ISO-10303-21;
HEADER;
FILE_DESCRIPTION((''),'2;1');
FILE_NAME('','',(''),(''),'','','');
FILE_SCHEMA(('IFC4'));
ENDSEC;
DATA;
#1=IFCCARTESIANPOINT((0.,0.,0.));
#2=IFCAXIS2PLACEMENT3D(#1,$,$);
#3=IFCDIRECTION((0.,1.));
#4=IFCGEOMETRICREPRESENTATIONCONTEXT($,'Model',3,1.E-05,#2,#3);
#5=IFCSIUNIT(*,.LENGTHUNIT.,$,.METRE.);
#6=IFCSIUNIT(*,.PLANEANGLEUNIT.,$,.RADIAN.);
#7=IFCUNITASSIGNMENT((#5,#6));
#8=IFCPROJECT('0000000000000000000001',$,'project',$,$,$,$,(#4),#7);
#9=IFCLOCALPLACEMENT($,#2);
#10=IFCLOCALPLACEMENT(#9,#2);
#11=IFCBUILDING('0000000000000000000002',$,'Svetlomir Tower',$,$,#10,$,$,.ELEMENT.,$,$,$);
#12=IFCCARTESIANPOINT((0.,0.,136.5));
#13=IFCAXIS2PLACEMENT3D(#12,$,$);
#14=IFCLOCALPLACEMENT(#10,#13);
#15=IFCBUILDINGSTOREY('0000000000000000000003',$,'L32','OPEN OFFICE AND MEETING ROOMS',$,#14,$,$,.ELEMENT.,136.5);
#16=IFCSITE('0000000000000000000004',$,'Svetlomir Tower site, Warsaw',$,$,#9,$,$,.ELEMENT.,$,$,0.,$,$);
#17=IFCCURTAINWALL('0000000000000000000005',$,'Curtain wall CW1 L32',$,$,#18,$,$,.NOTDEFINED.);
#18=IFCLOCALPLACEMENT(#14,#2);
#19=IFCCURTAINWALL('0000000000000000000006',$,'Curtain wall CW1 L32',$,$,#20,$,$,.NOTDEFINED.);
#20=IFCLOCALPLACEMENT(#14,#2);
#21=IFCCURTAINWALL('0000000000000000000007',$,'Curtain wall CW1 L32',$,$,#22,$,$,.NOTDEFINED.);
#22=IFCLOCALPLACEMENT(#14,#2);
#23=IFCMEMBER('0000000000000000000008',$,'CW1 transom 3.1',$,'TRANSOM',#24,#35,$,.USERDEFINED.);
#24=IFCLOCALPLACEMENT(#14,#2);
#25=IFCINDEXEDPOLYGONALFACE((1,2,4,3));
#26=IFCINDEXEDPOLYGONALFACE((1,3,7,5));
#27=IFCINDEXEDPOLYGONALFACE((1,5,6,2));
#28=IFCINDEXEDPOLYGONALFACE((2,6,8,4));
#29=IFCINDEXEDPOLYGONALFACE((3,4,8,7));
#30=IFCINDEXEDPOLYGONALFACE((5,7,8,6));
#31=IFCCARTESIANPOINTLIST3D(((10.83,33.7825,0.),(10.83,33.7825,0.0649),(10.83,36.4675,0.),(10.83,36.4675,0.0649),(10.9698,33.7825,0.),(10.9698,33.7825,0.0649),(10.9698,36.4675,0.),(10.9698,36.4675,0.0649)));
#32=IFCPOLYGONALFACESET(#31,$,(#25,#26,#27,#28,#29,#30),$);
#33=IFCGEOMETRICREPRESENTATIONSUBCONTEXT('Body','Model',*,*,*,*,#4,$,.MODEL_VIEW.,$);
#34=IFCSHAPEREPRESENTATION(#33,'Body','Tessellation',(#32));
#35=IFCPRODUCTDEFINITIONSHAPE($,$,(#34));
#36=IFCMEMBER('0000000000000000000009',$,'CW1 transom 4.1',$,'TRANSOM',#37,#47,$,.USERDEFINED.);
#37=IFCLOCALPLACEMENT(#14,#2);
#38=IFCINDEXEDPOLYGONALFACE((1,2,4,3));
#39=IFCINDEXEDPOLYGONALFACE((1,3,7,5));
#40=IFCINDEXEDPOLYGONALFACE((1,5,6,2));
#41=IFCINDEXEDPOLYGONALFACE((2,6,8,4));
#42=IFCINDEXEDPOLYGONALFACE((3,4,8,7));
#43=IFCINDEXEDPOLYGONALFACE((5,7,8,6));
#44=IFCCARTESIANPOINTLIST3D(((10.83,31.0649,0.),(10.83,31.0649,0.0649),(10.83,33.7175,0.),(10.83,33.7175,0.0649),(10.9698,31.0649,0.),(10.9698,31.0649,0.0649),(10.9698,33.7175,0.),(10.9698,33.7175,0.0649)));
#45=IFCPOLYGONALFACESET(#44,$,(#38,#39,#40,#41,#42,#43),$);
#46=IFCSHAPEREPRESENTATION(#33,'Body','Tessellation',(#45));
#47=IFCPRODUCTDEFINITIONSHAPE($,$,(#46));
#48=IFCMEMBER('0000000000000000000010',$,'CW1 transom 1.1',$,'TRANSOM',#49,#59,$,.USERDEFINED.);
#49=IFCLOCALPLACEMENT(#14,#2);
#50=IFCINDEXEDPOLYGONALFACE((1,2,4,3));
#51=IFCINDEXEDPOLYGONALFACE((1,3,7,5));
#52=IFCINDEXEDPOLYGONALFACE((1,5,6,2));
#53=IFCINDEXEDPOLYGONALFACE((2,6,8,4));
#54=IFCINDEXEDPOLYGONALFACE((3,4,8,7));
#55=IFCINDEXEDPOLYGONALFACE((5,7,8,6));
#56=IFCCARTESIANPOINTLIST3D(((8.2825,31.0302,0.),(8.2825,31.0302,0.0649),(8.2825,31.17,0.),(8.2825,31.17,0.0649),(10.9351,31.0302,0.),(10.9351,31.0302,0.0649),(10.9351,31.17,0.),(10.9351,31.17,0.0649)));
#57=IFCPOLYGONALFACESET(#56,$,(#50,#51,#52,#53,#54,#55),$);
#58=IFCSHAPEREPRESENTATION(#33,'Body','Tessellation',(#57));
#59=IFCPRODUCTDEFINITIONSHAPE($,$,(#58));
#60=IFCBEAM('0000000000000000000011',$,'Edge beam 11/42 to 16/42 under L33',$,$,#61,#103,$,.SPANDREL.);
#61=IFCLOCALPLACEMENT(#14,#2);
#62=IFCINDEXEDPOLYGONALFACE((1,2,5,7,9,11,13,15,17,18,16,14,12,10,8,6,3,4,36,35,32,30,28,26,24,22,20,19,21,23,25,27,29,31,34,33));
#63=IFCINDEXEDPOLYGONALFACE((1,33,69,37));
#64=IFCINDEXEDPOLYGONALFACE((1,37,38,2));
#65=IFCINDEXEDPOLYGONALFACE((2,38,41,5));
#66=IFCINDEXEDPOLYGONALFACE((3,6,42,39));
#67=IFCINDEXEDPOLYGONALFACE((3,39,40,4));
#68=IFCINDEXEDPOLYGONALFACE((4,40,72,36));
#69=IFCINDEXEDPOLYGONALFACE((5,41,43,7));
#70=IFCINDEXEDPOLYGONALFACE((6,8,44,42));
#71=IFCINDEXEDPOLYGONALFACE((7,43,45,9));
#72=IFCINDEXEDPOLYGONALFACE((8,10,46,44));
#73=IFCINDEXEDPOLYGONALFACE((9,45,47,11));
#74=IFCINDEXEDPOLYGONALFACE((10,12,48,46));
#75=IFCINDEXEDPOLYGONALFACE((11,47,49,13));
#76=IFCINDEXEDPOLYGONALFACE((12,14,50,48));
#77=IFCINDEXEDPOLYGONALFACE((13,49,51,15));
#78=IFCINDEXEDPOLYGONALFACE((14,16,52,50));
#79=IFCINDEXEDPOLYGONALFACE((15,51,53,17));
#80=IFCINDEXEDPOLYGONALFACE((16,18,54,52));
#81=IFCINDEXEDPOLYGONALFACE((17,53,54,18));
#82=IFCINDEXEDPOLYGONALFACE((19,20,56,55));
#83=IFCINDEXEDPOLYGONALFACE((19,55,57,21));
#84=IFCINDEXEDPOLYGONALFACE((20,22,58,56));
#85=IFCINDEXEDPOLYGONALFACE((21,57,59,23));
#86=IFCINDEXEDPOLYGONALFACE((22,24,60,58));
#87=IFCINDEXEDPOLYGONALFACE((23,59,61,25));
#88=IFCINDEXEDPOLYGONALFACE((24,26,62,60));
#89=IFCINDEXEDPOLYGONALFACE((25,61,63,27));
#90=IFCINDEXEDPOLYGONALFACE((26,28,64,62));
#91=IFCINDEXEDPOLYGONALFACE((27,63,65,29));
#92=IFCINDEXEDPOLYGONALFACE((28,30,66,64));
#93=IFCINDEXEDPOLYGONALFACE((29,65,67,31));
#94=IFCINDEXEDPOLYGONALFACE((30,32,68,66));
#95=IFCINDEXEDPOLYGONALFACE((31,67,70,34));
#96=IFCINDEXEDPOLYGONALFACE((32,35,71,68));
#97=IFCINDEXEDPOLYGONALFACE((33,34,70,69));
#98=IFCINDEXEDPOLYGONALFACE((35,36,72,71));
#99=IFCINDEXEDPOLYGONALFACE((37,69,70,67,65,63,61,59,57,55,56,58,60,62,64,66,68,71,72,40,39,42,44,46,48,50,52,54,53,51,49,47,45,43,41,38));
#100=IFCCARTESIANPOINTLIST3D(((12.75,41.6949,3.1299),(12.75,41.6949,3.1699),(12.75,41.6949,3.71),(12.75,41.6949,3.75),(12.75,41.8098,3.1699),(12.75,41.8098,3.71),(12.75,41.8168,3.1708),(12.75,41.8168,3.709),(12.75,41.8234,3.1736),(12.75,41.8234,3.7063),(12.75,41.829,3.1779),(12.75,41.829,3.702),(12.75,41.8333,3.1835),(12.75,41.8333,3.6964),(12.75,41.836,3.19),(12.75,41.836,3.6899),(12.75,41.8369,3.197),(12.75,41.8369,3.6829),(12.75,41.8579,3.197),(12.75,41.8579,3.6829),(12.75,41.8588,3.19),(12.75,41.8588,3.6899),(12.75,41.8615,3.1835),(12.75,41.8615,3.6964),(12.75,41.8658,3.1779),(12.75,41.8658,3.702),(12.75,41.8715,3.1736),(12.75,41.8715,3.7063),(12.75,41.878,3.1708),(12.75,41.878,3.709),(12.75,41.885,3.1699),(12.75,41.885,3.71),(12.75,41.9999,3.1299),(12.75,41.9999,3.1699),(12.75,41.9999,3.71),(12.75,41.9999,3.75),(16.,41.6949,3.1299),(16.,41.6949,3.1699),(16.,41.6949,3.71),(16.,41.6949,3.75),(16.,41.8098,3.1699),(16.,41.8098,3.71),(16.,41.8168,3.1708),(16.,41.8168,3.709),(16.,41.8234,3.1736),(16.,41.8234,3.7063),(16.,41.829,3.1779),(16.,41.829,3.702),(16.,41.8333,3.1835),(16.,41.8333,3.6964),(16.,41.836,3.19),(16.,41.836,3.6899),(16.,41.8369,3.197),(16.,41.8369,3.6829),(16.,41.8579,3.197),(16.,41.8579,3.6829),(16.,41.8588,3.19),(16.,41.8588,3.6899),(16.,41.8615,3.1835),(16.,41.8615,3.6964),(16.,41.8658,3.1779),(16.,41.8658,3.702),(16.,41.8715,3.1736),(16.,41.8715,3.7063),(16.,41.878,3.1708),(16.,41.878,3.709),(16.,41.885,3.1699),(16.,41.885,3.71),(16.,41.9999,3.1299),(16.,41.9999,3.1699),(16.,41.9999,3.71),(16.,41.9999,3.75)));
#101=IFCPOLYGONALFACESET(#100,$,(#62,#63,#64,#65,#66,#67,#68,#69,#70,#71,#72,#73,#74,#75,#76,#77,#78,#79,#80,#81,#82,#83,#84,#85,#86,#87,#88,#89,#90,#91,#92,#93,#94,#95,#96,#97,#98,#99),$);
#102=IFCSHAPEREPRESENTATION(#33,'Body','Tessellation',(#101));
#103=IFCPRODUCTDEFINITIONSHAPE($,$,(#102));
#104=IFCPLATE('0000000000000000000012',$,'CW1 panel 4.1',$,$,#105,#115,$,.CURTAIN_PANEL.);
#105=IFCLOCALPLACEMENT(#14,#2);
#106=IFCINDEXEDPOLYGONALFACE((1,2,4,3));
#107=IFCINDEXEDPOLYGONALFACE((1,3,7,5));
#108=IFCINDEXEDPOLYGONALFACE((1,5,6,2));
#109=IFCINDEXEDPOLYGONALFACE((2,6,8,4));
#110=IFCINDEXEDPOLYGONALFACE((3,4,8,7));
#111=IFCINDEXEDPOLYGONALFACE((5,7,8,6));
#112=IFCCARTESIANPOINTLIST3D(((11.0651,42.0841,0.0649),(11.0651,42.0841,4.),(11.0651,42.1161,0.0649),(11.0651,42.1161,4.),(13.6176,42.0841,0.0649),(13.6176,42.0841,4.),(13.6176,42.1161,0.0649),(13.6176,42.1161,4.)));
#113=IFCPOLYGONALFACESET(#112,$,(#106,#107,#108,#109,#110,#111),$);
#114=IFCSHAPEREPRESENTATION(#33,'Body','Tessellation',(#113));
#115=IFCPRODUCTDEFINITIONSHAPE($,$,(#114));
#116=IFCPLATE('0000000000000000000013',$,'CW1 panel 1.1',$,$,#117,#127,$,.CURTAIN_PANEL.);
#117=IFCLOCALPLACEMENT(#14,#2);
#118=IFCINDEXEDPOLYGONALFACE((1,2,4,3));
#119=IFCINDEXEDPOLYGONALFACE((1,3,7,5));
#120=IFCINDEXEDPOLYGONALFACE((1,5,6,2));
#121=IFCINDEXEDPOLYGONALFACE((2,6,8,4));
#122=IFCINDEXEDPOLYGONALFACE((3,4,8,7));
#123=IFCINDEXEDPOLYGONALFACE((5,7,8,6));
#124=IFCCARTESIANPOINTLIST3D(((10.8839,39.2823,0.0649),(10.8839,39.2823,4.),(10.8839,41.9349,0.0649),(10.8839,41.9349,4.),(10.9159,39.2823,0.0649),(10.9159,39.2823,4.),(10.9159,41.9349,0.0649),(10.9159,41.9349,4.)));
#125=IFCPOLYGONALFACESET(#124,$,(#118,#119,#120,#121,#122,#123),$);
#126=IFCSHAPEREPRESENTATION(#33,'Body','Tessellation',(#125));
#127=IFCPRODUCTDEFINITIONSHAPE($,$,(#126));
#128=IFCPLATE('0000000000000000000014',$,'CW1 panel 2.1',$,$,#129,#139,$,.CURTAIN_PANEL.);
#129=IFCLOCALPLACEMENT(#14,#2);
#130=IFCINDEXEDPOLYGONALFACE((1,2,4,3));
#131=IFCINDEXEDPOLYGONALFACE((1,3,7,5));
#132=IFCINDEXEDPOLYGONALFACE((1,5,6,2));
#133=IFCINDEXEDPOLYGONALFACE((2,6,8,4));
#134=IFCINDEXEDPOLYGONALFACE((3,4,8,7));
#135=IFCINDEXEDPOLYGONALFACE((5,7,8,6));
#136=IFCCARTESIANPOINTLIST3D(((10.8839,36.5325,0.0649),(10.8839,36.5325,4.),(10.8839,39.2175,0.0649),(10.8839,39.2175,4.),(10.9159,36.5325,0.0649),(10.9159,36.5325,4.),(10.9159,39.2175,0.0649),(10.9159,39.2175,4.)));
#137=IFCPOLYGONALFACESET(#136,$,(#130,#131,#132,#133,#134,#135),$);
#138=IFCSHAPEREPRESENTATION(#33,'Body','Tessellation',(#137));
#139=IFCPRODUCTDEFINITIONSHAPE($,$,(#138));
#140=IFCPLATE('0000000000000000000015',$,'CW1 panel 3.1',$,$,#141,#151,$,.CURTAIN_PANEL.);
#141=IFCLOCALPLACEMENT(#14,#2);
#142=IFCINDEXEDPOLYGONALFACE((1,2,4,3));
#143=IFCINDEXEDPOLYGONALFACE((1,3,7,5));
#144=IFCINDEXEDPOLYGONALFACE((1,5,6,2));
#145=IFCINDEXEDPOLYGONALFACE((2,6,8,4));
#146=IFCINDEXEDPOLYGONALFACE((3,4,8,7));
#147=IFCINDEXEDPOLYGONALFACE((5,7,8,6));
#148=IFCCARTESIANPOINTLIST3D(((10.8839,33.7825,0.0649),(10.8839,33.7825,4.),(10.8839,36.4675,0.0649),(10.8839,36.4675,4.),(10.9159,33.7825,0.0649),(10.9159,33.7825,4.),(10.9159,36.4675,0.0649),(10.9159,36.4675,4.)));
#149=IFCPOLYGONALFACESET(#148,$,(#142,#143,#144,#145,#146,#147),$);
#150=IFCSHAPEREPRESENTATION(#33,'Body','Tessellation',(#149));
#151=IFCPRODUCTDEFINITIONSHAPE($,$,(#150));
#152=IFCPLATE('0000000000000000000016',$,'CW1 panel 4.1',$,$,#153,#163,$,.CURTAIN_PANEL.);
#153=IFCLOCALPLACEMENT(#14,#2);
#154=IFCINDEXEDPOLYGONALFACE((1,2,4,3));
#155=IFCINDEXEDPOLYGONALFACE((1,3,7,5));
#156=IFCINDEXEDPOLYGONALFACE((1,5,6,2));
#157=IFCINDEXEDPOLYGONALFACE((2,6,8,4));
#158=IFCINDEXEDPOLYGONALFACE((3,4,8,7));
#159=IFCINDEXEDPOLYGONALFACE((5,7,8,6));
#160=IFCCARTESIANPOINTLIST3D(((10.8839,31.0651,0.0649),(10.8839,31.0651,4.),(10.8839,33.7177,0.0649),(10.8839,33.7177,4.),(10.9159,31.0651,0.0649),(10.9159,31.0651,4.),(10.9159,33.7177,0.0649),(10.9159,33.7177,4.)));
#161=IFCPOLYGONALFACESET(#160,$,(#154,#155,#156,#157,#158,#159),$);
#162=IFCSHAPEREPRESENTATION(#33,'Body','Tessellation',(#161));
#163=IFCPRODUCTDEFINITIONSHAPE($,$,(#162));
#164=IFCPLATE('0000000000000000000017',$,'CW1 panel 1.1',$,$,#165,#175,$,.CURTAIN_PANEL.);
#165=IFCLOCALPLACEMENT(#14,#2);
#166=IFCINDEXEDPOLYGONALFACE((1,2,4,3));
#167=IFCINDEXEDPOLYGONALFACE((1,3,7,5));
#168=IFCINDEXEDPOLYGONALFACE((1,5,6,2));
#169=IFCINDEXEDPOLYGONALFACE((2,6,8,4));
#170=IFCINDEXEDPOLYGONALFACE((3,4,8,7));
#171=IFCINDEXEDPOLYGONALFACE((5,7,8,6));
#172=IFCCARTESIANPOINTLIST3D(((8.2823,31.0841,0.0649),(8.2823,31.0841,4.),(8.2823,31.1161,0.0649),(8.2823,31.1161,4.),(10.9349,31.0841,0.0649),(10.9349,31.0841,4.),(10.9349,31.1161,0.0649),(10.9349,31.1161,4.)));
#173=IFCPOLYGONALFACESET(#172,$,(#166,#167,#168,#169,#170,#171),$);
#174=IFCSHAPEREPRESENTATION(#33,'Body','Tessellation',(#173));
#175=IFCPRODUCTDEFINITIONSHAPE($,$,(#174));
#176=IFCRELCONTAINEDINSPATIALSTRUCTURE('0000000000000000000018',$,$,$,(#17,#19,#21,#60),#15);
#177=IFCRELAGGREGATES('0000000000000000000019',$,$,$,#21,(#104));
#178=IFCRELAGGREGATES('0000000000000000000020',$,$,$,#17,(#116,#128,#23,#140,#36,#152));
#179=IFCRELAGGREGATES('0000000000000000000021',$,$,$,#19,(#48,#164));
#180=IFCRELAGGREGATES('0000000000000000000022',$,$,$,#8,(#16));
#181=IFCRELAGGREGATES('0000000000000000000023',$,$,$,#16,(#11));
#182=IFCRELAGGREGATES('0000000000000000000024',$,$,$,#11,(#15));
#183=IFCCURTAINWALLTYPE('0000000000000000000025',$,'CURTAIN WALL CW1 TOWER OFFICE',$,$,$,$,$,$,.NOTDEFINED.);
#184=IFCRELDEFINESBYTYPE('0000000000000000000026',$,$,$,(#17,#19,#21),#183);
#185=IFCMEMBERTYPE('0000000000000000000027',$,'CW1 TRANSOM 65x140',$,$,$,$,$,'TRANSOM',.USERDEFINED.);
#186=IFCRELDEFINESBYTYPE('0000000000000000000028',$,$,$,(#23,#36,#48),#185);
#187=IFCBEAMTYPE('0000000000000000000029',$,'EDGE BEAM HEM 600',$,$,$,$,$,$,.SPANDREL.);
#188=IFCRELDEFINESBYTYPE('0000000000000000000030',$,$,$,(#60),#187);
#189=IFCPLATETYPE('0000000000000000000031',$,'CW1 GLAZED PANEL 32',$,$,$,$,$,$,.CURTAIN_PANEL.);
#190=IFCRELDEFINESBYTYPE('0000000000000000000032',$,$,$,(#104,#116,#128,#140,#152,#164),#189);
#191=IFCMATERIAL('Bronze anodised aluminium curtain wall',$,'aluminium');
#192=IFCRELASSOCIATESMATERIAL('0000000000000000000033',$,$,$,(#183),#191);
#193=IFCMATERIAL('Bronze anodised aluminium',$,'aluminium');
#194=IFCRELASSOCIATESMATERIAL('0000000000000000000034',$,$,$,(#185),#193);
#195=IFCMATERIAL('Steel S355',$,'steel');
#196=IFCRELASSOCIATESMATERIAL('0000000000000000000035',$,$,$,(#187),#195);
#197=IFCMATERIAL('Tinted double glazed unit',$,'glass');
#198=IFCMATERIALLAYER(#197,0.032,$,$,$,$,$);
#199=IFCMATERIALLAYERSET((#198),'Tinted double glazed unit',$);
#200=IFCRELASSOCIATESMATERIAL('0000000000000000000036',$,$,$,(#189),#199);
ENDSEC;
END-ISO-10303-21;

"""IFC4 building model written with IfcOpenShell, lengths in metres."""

from ifc_helpers import new_model, si_unit, direction, frame, origin, origin_2d, place, context, subcontext, project, spatial, rectangle, i_section, extrude, material, layer, layer_set, material_profile, profile_set, type_object, element, aggregate, save


model = new_model("IFC4")

# Units and contexts
model_context = context("Model", 3, precision=1e-05, world=origin(), true_north=direction((0.0, 1.0)))
body_context = subcontext(model_context, "Body", "Model", "MODEL_VIEW")
ifc_project = project(units=[si_unit("LENGTHUNIT", "METRE"), si_unit("PLANEANGLEUNIT", "RADIAN")], contexts=[model_context])

# Site, building, storey
site_placement = place(None, origin())
site = spatial("IfcSite", under=ifc_project, at=site_placement, Name="Svetlomir Tower site, Warsaw", CompositionType="ELEMENT", RefElevation=0.0)
building_placement = place(site_placement, origin())
building = spatial("IfcBuilding", under=site, at=building_placement, Name="Svetlomir Tower", CompositionType="ELEMENT")
storey_placement = place(building_placement, frame((0.0, 0.0, 136.5)))
storey = spatial("IfcBuildingStorey", under=building, at=storey_placement, Name="L32", Description="OPEN OFFICE AND MEETING ROOMS", CompositionType="ELEMENT", Elevation=136.5)

# Curtain walls
ifc_material_1 = material(Name="Bronze anodised aluminium curtain wall", Category="aluminium")
curtain_wall_type = type_object("IfcCurtainWallType", Name="CURTAIN WALL CW1 TOWER OFFICE", PredefinedType="NOTDEFINED", material=ifc_material_1)
curtain_wall_1_placement = place(storey_placement, origin())
curtain_wall_1 = element("IfcCurtainWall", 1, at=curtain_wall_1_placement, inside=storey, type_object=curtain_wall_type, Name="Curtain wall CW1 L32", PredefinedType="NOTDEFINED")
curtain_wall_2_placement = place(storey_placement, origin())
curtain_wall_2 = element("IfcCurtainWall", 2, at=curtain_wall_2_placement, inside=storey, type_object=curtain_wall_type, Name="Curtain wall CW1 L32", PredefinedType="NOTDEFINED")

# Curtain wall
curtain_wall_3_placement = place(storey_placement, origin())
curtain_wall_3 = element("IfcCurtainWall", 3, at=curtain_wall_3_placement, inside=storey, type_object=curtain_wall_type, Name="Curtain wall CW1 L32", PredefinedType="NOTDEFINED")

# Members
ifc_material_2 = material(Name="Bronze anodised aluminium", Category="aluminium")
ifc_material_profile_1 = material_profile(ifc_material_2, rectangle(XDim=0.1399, YDim=0.0649, at=origin_2d()), Name="AL 140x65")
ifc_profile_set_1 = profile_set([ifc_material_profile_1], Name="Bronze anodised aluminium 6063-T6")
member_type_1 = type_object("IfcMemberType", Name="CW1 TRANSOM 65x140", ElementType="TRANSOM", PredefinedType="USERDEFINED", material=ifc_profile_set_1)
member_1_placement = place(storey_placement, frame((10.8999, 36.4675, 0.0325), z_axis=(0.0, -1.0, 0.0), x_axis=(1.0, 0.0, 0.0)))
member_1 = element("IfcMember", 4, at=member_1_placement, type_object=member_type_1, Name="CW1 transom 3.1", ObjectType="TRANSOM", PredefinedType="USERDEFINED", context=body_context, shape_type="SweptSolid", body=[
    extrude(rectangle(XDim=0.1399, YDim=0.0649, at=origin_2d()), origin(), (0.0, 0.0, 1.0), 2.6851),
])
member_2_placement = place(storey_placement, frame((10.8999, 33.7175, 0.0325), z_axis=(0.0, -1.0, 0.0), x_axis=(1.0, 0.0, 0.0)))
member_2 = element("IfcMember", 5, at=member_2_placement, type_object=member_type_1, Name="CW1 transom 4.1", ObjectType="TRANSOM", PredefinedType="USERDEFINED", context=body_context, shape_type="SweptSolid", body=[
    extrude(rectangle(XDim=0.1399, YDim=0.0649, at=origin_2d()), origin(), (0.0, 0.0, 1.0), 2.6526),
])
member_3_placement = place(storey_placement, frame((10.9351, 31.1001, 0.0325), z_axis=(-1.0, 0.0, 0.0), x_axis=(0.0, -1.0, 0.0)))
member_3 = element("IfcMember", 6, at=member_3_placement, type_object=member_type_1, Name="CW1 transom 1.1", ObjectType="TRANSOM", PredefinedType="USERDEFINED", context=body_context, shape_type="SweptSolid", body=[
    extrude(rectangle(XDim=0.1399, YDim=0.0649, at=origin_2d()), origin(), (0.0, 0.0, 1.0), 2.6526),
])

# Beam
ifc_material_3 = material(Name="Steel S355", Category="steel")
ifc_material_profile_2 = material_profile(ifc_material_3, i_section(OverallWidth=0.3049, OverallDepth=0.6201, WebThickness=0.021, FlangeThickness=0.04, FilletRadius=0.0271, at=origin_2d()), Name="HEM 600")
ifc_profile_set_2 = profile_set([ifc_material_profile_2], Name="Steel S355")
beam_type = type_object("IfcBeamType", Name="EDGE BEAM HEM 600", PredefinedType="SPANDREL", material=ifc_profile_set_2)
beam_placement = place(storey_placement, frame((12.75, 41.8474, 3.4399), z_axis=(1.0, 0.0, 0.0), x_axis=(0.0, 1.0, 0.0)))
element("IfcBeam", 7, at=beam_placement, inside=storey, type_object=beam_type, Name="Edge beam 11/42 to 16/42 under L33", PredefinedType="SPANDREL", context=body_context, shape_type="SweptSolid", body=[
    extrude(i_section(OverallWidth=0.3049, OverallDepth=0.6201, WebThickness=0.021, FlangeThickness=0.04, FilletRadius=0.0271, at=origin_2d()), origin(), (0.0, 0.0, 1.0), 3.25),
])

# Plates
ifc_material_4 = material(Name="Tinted double glazed unit", Category="glass")
ifc_layer_1 = layer(ifc_material_4, 0.032)
ifc_layer_set_1 = layer_set([ifc_layer_1], Name="Tinted double glazed unit")
plate_type = type_object("IfcPlateType", Name="CW1 GLAZED PANEL 32", PredefinedType="CURTAIN_PANEL", material=ifc_layer_set_1)
plate_1_placement = place(storey_placement, frame((12.3413, 42.1001, 0.0649), z_axis=(0.0, 0.0, 1.0), x_axis=(-1.0, 0.0, 0.0)))
plate_1 = element("IfcPlate", 8, at=plate_1_placement, type_object=plate_type, Name="CW1 panel 4.1", PredefinedType="CURTAIN_PANEL", context=body_context, shape_type="SweptSolid", body=[
    extrude(rectangle(XDim=2.5525, YDim=0.032, at=origin_2d()), origin(), (0.0, 0.0, 1.0), 3.9351),
])
aggregate(curtain_wall_3, [plate_1])
plate_2_placement = place(storey_placement, frame((10.8999, 40.6086, 0.0649), z_axis=(0.0, 0.0, 1.0), x_axis=(0.0, -1.0, 0.0)))
plate_2 = element("IfcPlate", 9, at=plate_2_placement, type_object=plate_type, Name="CW1 panel 1.1", PredefinedType="CURTAIN_PANEL", context=body_context, shape_type="SweptSolid", body=[
    extrude(rectangle(XDim=2.6526, YDim=0.032, at=origin_2d()), origin(), (0.0, 0.0, 1.0), 3.9351),
])
plate_3_placement = place(storey_placement, frame((10.8999, 37.875, 0.0649), z_axis=(0.0, 0.0, 1.0), x_axis=(0.0, -1.0, 0.0)))
plate_3 = element("IfcPlate", 10, at=plate_3_placement, type_object=plate_type, Name="CW1 panel 2.1", PredefinedType="CURTAIN_PANEL", context=body_context, shape_type="SweptSolid", body=[
    extrude(rectangle(XDim=2.6851, YDim=0.032, at=origin_2d()), origin(), (0.0, 0.0, 1.0), 3.9351),
])
plate_4_placement = place(storey_placement, frame((10.8999, 35.125, 0.0649), z_axis=(0.0, 0.0, 1.0), x_axis=(0.0, -1.0, 0.0)))
plate_4 = element("IfcPlate", 11, at=plate_4_placement, type_object=plate_type, Name="CW1 panel 3.1", PredefinedType="CURTAIN_PANEL", context=body_context, shape_type="SweptSolid", body=[
    extrude(rectangle(XDim=2.6851, YDim=0.032, at=origin_2d()), origin(), (0.0, 0.0, 1.0), 3.9351),
])
plate_5_placement = place(storey_placement, frame((10.8999, 32.3914, 0.0649), z_axis=(0.0, 0.0, 1.0), x_axis=(0.0, -1.0, 0.0)))
plate_5 = element("IfcPlate", 12, at=plate_5_placement, type_object=plate_type, Name="CW1 panel 4.1", PredefinedType="CURTAIN_PANEL", context=body_context, shape_type="SweptSolid", body=[
    extrude(rectangle(XDim=2.6526, YDim=0.032, at=origin_2d()), origin(), (0.0, 0.0, 1.0), 3.9351),
])
aggregate(curtain_wall_1, [plate_2, plate_3, member_1, plate_4, member_2, plate_5])
plate_6_placement = place(storey_placement, frame((9.6086, 31.1001, 0.0649), z_axis=(0.0, 0.0, 1.0), x_axis=(-1.0, 0.0, 0.0)))
plate_6 = element("IfcPlate", 13, at=plate_6_placement, type_object=plate_type, Name="CW1 panel 1.1", PredefinedType="CURTAIN_PANEL", context=body_context, shape_type="SweptSolid", body=[
    extrude(rectangle(XDim=2.6526, YDim=0.032, at=origin_2d()), origin(), (0.0, 0.0, 1.0), 3.9351),
])
aggregate(curtain_wall_2, [member_3, plate_6])

save(model, "model.ifc")
